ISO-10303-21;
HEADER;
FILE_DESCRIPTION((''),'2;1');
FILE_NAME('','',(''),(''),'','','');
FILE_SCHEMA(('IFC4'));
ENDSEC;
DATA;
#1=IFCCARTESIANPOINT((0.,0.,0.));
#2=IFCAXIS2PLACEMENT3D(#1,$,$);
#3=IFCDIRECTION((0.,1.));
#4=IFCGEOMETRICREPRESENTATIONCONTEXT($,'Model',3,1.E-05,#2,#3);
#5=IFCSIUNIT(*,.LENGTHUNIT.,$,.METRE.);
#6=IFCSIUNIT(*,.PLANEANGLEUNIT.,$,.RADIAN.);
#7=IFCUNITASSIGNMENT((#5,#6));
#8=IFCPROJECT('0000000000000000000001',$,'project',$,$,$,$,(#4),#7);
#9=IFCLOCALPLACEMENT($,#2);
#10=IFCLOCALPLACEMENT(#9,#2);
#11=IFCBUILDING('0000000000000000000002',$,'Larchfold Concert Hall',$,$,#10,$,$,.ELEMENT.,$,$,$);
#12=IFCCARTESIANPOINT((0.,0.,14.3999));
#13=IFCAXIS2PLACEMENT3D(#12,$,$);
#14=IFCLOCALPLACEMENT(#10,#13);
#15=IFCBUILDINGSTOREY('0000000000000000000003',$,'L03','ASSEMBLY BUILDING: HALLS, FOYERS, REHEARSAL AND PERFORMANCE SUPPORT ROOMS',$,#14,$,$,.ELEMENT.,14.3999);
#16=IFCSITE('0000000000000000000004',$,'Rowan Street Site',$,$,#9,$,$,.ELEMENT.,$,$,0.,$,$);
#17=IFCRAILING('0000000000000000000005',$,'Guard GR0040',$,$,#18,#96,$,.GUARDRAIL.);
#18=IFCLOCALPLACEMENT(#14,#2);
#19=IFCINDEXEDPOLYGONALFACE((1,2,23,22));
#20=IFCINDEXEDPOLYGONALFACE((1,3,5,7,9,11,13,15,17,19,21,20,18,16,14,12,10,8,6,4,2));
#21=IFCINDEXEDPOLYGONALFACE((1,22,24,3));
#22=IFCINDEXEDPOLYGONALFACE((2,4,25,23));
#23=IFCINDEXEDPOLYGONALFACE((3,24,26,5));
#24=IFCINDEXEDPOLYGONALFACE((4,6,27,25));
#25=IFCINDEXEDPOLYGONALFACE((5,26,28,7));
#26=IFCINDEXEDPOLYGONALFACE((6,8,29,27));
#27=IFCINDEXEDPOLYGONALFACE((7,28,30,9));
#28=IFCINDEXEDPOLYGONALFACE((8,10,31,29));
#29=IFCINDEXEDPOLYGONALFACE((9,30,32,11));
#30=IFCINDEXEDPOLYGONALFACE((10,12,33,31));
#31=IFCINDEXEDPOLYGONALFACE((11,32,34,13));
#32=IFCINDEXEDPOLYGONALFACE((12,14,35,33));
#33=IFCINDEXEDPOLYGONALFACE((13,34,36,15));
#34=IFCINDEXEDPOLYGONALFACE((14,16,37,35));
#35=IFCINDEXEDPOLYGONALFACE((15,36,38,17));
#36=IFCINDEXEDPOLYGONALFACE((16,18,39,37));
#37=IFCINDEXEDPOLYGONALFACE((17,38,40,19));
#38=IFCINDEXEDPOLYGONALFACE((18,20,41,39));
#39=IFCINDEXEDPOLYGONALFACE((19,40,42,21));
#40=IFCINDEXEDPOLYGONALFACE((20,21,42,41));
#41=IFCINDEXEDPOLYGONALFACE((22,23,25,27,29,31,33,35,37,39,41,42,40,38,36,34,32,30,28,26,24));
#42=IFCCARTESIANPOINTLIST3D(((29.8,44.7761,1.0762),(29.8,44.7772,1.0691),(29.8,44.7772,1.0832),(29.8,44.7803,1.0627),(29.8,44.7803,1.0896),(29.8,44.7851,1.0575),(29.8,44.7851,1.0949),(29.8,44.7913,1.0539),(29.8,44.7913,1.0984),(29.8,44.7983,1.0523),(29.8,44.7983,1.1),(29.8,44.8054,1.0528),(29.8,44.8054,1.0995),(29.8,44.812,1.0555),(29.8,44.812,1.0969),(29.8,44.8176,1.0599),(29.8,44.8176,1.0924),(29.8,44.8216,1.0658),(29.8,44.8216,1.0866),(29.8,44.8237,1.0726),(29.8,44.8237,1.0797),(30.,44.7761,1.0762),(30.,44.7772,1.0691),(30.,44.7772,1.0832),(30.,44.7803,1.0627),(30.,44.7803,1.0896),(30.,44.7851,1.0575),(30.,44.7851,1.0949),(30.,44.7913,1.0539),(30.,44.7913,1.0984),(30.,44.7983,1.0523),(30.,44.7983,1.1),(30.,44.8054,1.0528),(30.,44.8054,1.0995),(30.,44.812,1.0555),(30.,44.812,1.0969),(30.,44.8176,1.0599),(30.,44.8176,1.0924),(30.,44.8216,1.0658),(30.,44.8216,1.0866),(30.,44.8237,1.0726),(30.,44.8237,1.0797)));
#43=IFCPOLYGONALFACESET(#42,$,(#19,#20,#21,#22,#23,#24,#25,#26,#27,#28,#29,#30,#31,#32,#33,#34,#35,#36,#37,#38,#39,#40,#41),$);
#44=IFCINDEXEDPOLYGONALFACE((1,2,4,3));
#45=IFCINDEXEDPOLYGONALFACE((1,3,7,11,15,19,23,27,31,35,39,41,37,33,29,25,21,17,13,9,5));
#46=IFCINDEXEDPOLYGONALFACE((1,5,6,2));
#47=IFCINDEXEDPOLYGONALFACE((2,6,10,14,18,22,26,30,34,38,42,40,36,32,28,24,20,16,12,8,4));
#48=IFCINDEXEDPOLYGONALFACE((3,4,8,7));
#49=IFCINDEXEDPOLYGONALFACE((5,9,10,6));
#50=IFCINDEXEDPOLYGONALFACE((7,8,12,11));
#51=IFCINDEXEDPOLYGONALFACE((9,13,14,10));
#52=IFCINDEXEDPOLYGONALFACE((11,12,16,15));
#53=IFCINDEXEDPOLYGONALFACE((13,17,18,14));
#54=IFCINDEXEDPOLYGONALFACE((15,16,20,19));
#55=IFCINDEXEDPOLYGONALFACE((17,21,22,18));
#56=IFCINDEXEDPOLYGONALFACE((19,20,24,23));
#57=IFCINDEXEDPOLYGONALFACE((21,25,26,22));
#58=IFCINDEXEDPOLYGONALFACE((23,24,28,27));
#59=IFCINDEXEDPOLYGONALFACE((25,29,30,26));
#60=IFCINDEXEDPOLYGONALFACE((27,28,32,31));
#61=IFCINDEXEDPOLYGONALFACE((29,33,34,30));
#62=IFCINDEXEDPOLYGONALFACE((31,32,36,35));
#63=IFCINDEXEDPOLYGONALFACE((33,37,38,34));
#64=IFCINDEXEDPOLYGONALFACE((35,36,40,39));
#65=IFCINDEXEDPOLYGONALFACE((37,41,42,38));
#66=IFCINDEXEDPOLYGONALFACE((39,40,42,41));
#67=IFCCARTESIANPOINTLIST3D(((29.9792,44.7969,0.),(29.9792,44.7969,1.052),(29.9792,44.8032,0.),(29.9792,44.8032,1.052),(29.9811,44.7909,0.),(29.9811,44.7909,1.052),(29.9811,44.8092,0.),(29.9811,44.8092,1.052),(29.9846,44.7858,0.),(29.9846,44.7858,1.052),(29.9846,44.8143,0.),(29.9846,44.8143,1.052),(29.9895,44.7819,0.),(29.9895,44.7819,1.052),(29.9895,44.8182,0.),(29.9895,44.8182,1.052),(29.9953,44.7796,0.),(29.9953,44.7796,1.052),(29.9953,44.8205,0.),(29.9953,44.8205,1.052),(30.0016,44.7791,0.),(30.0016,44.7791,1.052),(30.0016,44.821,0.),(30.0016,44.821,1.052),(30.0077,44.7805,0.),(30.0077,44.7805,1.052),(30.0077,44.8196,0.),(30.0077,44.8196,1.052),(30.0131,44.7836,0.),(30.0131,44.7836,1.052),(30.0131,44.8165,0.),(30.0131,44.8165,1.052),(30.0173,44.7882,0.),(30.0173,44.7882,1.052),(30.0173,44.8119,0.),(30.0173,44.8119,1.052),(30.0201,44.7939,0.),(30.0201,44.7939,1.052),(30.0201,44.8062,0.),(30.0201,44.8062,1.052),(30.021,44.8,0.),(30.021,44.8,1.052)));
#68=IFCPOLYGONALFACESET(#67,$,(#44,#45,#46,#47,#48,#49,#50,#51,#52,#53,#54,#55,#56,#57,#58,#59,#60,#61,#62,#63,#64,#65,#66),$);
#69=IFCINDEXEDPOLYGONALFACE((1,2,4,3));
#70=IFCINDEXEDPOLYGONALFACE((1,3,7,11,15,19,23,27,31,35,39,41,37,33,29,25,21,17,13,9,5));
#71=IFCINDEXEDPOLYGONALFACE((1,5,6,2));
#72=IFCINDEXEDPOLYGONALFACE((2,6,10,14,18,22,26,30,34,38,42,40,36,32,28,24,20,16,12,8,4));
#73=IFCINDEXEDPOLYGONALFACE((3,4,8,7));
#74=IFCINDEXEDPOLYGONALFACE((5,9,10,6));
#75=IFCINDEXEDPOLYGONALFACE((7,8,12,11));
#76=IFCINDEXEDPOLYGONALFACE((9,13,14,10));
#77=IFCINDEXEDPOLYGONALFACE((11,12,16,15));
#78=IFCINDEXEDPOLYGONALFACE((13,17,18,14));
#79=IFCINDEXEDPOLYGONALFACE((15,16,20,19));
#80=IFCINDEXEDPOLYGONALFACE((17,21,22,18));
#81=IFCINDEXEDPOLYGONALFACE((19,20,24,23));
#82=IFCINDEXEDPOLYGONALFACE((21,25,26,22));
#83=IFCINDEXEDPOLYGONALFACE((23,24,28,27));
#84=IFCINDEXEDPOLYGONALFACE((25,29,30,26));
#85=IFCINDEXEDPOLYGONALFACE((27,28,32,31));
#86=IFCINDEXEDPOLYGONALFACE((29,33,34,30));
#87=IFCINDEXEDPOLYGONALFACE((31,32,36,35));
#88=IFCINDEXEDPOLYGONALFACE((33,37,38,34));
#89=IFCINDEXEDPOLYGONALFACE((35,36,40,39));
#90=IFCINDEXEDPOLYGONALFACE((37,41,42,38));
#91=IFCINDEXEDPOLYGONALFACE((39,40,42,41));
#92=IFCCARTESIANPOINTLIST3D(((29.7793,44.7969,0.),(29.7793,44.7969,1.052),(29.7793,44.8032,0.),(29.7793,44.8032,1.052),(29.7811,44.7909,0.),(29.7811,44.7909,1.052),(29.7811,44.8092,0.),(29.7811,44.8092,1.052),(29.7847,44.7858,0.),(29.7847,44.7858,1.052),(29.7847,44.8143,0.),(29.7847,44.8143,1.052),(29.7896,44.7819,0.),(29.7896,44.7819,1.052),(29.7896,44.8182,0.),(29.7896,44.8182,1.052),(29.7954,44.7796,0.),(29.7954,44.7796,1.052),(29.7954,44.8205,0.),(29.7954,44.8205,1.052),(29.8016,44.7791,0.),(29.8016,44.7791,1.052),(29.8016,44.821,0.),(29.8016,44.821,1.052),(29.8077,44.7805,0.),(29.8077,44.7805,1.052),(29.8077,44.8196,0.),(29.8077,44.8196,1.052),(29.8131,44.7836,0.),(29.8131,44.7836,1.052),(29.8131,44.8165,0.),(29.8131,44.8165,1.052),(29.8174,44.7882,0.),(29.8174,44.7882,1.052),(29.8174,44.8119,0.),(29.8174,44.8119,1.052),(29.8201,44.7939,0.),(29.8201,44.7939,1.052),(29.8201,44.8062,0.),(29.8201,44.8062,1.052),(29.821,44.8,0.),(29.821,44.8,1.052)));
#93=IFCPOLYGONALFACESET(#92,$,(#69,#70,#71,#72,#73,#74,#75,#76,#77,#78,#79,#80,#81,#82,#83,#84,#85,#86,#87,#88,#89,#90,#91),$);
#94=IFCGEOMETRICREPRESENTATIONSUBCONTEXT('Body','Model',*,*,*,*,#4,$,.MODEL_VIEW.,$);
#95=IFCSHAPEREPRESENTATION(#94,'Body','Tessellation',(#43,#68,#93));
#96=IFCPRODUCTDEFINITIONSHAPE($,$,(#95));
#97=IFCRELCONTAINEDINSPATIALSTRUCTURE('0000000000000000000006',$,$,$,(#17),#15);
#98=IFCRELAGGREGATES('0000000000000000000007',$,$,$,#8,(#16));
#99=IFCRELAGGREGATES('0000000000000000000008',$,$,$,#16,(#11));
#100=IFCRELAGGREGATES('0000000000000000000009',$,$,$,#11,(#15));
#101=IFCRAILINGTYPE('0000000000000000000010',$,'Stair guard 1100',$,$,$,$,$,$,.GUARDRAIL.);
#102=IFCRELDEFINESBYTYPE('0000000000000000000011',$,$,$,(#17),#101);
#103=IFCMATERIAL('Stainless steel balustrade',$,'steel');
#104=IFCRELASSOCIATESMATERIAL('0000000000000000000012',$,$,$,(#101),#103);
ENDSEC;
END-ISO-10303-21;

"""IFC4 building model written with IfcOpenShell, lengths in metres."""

from ifc_helpers import new_model, si_unit, direction, frame, origin, origin_2d, place, context, subcontext, project, spatial, circle, extrude, material, type_object, element, save


model = new_model("IFC4")

# Units and contexts
model_context = context("Model", 3, precision=1e-05, world=origin(), true_north=direction((0.0, 1.0)))
body_context = subcontext(model_context, "Body", "Model", "MODEL_VIEW")
ifc_project = project(units=[si_unit("LENGTHUNIT", "METRE"), si_unit("PLANEANGLEUNIT", "RADIAN")], contexts=[model_context])

# Site, building, storey
site_placement = place(None, origin())
site = spatial("IfcSite", under=ifc_project, at=site_placement, Name="Rowan Street Site", CompositionType="ELEMENT", RefElevation=0.0)
building_placement = place(site_placement, origin())
building = spatial("IfcBuilding", under=site, at=building_placement, Name="Larchfold Concert Hall", CompositionType="ELEMENT")
storey_placement = place(building_placement, frame((0.0, 0.0, 14.3999)))
storey = spatial("IfcBuildingStorey", under=building, at=storey_placement, Name="L03", Description="ASSEMBLY BUILDING: HALLS, FOYERS, REHEARSAL AND PERFORMANCE SUPPORT ROOMS", CompositionType="ELEMENT", Elevation=14.3999)

# Railing
ifc_material_1 = material(Name="Stainless steel balustrade", Category="steel")
railing_type_1 = type_object("IfcRailingType", Name="Stair guard 1100", PredefinedType="GUARDRAIL", material=ifc_material_1)
railing_1_placement = place(storey_placement, frame((30.0, 44.8, 0.0)))
element("IfcRailing", 1, at=railing_1_placement, inside=storey, type_object=railing_type_1, Name="Guard GR0040", PredefinedType="GUARDRAIL", context=body_context, shape_type="SweptSolid", body=[
    extrude(circle(Radius=0.0239, at=origin_2d()), frame((0.0, 0.0, 1.0762), z_axis=(-1.0, 0.0, 0.0), x_axis=(0.0, -1.0, 0.0)), (0.0, 0.0, 1.0), 0.2),
    extrude(circle(Radius=0.021, at=origin_2d()), origin(), (0.0, 0.0, 1.0), 1.052),
    extrude(circle(Radius=0.021, at=origin_2d()), frame((-0.2, 0.0, 0.0)), (0.0, 0.0, 1.0), 1.052),
])

save(model, "model.ifc")
